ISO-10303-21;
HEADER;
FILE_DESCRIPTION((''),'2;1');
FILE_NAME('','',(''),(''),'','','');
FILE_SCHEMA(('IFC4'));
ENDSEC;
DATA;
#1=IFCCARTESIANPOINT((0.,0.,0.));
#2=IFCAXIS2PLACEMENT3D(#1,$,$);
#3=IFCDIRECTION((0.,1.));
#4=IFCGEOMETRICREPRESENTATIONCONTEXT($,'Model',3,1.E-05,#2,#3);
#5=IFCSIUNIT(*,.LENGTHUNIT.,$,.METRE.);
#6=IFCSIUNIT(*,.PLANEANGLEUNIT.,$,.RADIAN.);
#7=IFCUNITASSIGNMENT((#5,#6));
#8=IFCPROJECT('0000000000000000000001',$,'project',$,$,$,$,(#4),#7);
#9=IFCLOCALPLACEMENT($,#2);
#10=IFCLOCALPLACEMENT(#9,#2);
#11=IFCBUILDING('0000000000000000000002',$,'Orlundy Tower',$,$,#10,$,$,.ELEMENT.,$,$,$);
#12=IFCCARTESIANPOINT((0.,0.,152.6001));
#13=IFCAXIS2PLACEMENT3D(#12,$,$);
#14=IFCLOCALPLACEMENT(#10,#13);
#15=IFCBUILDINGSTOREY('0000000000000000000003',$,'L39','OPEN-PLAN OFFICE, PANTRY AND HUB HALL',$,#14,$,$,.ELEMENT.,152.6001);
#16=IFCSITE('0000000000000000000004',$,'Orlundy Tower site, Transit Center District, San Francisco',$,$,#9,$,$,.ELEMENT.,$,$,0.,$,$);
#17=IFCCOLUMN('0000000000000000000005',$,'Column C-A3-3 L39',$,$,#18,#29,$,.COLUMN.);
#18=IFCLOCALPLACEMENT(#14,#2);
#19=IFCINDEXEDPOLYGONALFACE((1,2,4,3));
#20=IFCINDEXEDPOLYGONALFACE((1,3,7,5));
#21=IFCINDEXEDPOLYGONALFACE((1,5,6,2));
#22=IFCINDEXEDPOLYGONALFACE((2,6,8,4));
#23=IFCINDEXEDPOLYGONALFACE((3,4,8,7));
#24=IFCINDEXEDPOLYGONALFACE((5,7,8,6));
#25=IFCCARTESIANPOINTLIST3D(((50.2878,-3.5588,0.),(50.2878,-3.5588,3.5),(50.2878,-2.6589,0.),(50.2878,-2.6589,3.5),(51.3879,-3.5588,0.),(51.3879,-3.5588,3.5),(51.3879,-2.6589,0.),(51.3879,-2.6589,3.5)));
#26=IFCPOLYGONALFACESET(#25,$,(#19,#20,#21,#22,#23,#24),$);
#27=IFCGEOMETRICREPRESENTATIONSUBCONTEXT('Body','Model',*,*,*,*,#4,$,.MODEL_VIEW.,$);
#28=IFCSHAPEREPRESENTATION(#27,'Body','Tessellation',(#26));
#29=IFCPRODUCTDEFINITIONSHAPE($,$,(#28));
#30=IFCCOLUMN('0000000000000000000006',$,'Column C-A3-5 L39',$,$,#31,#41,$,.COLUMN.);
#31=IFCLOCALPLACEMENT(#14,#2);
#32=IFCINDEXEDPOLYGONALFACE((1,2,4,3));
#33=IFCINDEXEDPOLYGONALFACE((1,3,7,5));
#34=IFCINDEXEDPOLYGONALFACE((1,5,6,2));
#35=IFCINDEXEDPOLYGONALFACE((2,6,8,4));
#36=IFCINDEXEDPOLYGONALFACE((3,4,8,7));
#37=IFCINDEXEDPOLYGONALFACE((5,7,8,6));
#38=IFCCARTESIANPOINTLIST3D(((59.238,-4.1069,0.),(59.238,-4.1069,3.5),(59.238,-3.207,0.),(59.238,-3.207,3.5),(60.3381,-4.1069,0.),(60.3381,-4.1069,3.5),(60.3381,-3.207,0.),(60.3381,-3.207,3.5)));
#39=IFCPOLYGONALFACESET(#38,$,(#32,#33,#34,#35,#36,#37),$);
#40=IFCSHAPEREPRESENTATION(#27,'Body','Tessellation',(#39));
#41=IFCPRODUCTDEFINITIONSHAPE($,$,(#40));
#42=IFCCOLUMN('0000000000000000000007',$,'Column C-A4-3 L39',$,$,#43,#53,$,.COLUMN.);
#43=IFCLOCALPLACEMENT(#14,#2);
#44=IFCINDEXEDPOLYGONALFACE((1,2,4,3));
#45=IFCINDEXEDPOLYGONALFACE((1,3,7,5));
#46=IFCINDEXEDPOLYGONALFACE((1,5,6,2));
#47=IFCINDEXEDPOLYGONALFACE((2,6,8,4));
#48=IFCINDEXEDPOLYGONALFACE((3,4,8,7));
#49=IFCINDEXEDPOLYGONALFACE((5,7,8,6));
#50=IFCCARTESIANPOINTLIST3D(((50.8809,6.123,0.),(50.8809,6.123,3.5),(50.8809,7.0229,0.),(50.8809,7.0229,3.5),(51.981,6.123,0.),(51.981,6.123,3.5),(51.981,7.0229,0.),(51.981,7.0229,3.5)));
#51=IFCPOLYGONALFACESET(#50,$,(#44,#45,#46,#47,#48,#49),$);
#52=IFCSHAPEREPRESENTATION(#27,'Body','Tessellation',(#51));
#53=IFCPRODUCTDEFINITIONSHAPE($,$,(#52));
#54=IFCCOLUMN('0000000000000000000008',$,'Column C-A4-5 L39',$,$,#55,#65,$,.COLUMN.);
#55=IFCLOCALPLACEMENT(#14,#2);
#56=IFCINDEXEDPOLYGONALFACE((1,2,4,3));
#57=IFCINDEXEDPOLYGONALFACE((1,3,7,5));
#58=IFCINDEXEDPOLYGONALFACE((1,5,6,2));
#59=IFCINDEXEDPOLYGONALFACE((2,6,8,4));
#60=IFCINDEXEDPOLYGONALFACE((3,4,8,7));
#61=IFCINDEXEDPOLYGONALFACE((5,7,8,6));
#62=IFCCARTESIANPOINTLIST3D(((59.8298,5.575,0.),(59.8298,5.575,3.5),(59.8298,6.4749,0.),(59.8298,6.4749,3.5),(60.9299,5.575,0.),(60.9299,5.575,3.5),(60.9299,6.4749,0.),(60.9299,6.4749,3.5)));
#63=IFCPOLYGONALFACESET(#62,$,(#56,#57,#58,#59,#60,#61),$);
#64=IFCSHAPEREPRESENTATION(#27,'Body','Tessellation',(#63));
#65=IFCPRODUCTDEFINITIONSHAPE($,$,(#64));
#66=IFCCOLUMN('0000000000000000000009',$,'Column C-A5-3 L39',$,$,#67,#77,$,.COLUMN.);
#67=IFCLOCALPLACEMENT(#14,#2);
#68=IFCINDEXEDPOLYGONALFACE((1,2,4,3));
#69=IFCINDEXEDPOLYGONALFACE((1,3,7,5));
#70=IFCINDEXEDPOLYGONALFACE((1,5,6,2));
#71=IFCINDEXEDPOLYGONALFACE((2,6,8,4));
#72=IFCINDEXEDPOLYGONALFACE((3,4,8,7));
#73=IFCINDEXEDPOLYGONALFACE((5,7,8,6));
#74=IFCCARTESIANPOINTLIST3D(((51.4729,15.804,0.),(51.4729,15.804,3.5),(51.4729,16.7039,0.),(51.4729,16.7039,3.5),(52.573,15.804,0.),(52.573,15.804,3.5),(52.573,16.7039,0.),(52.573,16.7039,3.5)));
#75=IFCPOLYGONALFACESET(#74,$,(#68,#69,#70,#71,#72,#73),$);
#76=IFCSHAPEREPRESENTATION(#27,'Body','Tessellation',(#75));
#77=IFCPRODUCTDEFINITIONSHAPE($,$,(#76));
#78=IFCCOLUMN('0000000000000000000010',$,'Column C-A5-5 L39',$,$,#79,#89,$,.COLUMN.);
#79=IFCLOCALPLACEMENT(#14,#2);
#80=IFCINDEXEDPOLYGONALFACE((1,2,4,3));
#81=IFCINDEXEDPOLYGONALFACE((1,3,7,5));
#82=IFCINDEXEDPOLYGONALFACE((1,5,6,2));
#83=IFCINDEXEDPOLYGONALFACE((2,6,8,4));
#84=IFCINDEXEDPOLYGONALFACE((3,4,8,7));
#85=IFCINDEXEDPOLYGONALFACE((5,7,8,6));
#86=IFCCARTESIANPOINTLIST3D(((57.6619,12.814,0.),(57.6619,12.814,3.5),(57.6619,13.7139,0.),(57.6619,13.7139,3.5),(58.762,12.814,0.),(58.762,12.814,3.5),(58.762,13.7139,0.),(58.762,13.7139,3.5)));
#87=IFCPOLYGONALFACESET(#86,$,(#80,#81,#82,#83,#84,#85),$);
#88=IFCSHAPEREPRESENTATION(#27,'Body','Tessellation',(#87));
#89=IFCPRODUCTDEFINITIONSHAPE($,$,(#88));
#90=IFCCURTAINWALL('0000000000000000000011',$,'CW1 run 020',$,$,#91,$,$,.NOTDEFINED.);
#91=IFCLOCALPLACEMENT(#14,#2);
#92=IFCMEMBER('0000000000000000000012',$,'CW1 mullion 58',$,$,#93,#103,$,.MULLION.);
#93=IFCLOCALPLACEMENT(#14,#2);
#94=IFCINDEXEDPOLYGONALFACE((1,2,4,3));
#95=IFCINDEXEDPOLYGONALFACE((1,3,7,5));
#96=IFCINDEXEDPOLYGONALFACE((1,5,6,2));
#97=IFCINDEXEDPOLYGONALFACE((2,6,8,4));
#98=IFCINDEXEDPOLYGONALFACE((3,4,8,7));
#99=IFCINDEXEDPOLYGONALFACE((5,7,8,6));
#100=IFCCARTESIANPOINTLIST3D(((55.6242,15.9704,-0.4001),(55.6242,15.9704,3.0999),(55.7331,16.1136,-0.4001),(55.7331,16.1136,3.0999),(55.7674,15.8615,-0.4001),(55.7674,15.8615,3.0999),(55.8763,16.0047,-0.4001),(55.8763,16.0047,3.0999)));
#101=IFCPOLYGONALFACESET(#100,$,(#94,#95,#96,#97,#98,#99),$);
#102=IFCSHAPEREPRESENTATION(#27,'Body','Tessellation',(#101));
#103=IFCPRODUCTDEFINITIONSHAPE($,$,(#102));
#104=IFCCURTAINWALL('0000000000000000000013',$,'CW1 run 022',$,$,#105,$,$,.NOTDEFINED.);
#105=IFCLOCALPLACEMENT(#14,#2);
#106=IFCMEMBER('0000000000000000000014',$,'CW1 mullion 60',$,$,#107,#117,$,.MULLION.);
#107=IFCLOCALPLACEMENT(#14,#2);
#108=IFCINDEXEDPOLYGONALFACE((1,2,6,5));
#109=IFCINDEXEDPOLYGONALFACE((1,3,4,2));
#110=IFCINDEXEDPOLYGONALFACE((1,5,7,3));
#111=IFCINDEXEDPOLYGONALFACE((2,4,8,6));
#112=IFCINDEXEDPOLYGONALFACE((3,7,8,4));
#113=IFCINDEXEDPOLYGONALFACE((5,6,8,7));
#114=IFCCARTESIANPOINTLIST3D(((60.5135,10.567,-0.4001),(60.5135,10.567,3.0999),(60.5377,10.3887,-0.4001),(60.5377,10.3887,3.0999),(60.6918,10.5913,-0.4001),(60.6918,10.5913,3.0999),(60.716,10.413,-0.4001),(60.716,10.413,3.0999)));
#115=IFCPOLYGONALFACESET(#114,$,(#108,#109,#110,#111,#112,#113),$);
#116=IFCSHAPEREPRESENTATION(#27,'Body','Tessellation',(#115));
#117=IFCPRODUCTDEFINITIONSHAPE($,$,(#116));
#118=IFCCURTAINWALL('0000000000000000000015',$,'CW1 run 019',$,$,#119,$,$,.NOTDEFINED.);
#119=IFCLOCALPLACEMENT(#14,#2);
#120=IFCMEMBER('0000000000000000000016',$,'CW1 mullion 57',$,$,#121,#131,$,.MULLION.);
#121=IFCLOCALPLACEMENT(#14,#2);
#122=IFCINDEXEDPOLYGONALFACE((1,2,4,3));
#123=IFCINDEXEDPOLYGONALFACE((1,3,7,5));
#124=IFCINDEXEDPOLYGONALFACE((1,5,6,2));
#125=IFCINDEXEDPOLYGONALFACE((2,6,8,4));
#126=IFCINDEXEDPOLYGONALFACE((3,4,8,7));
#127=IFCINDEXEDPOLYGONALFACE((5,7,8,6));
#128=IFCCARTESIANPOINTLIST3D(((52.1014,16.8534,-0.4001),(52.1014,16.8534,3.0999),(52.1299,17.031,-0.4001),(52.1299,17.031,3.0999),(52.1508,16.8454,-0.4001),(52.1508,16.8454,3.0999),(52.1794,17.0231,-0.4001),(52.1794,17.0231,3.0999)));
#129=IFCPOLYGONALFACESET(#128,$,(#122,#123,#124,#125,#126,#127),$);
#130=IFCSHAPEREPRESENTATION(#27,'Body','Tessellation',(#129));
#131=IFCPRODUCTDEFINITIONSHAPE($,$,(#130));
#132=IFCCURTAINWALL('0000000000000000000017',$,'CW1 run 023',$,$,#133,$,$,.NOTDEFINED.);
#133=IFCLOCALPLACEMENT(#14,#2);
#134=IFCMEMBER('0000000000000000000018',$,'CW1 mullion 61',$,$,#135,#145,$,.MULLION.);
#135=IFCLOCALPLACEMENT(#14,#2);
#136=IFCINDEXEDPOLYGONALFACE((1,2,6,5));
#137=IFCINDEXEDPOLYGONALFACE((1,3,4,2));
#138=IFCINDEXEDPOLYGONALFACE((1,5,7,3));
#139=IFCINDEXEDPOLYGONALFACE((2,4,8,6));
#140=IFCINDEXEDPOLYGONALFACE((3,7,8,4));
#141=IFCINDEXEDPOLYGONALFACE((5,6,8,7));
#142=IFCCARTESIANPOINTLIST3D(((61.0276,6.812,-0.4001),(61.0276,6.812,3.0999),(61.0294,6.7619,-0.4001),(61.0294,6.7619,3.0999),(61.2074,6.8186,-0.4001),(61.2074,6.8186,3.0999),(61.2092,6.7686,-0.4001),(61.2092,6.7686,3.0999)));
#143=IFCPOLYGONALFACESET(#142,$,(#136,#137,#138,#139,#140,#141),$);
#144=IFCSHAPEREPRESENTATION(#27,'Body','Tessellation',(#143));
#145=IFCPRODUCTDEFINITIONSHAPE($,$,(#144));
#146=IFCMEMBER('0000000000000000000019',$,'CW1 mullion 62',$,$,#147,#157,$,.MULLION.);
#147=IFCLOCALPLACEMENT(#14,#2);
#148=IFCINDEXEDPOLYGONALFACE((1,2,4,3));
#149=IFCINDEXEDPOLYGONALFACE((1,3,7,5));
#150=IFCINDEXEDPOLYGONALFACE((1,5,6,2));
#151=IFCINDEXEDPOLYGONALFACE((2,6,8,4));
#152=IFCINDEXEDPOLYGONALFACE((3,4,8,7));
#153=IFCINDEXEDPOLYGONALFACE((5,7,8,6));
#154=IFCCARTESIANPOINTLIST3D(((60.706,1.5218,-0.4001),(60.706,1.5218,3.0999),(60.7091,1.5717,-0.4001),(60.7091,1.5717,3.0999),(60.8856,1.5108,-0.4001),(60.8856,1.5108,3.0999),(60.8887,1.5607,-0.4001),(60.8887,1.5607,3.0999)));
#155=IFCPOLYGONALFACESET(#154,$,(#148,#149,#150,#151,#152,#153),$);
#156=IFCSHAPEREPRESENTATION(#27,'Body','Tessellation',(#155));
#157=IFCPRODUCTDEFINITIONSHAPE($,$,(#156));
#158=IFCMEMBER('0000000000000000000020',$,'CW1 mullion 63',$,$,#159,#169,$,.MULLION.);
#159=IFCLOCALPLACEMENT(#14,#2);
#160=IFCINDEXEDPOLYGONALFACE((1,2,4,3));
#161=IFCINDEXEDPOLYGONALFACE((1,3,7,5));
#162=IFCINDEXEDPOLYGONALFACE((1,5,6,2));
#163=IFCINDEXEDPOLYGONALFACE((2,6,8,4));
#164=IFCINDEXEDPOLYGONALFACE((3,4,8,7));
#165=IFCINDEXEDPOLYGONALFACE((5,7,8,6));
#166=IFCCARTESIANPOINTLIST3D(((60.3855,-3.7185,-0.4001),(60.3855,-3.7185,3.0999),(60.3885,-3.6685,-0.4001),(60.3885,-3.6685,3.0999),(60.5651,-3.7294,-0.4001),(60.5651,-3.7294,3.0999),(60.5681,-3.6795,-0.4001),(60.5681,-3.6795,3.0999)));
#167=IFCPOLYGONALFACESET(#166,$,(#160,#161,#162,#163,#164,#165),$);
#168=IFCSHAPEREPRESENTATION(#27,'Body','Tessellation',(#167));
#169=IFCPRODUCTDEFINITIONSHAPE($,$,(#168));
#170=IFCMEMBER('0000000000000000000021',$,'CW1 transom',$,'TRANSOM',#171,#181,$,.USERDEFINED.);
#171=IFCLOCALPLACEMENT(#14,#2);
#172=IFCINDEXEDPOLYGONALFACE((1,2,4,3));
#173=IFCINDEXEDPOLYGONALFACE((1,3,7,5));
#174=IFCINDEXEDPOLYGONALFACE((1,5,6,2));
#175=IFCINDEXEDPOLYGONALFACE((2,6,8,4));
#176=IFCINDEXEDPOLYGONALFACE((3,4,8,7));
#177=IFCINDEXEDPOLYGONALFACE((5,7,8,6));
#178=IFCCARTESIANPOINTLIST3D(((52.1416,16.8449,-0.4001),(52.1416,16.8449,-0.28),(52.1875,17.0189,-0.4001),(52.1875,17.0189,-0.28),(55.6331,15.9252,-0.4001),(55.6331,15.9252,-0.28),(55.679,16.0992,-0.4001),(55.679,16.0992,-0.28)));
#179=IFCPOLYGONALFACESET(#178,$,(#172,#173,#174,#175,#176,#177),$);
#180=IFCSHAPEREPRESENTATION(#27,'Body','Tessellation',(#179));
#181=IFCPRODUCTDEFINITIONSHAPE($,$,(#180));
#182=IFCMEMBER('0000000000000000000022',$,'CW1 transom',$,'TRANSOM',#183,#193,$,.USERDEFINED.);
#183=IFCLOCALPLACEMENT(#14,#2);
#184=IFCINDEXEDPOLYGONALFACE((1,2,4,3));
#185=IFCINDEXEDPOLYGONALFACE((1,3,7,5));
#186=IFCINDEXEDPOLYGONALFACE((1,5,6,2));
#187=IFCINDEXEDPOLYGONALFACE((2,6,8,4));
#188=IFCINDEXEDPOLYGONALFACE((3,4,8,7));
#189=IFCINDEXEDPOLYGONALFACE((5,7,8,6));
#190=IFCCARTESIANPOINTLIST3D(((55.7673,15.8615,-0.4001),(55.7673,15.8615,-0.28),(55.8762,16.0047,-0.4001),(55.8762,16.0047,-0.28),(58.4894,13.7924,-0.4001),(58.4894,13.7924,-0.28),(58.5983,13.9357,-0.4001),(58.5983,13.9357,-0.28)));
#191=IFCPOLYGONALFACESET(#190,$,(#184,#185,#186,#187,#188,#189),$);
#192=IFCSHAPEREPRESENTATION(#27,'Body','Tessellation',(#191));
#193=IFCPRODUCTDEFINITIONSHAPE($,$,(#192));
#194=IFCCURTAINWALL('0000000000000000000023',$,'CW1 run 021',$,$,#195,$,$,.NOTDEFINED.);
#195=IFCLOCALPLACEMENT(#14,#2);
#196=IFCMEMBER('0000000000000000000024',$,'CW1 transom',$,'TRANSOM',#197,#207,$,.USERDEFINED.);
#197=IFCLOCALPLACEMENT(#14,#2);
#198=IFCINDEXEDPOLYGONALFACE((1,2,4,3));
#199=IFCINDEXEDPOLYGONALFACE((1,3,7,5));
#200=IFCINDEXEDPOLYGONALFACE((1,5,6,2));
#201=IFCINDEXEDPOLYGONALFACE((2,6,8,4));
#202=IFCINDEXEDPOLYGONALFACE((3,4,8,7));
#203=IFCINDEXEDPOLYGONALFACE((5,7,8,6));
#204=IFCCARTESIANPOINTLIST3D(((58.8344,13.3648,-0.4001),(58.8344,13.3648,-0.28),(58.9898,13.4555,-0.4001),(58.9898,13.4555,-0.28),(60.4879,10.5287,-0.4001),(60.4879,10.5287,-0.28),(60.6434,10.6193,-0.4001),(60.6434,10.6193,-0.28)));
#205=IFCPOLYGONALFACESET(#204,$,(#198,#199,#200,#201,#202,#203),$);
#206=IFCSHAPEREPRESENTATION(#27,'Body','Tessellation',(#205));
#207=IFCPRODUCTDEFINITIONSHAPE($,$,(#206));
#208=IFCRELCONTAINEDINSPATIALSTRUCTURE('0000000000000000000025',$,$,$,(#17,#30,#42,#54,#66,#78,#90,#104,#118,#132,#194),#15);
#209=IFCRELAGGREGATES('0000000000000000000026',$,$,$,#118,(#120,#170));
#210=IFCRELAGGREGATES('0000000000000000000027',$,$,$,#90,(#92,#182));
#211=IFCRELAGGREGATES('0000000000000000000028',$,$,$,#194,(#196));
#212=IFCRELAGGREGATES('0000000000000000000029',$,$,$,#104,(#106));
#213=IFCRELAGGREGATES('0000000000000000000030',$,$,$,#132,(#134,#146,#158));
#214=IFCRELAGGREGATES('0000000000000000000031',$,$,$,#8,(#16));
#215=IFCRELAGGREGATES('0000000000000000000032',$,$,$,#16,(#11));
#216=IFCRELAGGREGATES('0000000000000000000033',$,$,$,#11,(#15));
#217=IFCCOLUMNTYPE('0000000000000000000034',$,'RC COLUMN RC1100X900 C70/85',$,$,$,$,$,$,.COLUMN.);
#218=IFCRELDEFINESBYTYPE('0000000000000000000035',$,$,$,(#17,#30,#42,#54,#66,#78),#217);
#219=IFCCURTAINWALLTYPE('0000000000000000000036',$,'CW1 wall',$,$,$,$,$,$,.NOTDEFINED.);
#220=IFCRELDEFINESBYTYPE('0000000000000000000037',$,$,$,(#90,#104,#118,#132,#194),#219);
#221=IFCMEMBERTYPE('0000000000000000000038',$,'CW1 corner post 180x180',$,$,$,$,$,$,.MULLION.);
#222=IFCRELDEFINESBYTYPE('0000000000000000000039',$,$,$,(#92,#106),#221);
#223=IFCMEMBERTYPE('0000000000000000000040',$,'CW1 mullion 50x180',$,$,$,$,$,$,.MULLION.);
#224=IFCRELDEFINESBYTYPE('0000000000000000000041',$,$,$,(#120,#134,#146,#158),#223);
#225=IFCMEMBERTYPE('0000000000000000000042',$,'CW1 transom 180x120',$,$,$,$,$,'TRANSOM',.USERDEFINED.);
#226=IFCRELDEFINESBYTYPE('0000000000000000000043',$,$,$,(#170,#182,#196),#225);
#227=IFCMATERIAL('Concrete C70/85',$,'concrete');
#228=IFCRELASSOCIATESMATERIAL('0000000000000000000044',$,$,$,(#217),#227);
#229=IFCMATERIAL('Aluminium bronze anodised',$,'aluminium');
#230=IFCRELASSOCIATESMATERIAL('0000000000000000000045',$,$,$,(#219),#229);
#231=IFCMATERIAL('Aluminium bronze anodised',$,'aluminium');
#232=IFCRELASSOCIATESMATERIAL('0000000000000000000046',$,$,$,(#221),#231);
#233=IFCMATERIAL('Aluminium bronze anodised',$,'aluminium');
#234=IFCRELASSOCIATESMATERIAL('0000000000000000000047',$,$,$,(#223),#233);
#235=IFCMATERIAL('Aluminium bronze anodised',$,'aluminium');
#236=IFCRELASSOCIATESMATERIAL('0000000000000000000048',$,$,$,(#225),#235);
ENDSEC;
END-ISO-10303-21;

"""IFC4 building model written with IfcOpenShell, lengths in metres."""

from ifc_helpers import new_model, si_unit, direction, frame, origin, origin_2d, place, context, subcontext, project, spatial, rectangle, extrude, material, material_profile, profile_set, type_object, element, aggregate, save


model = new_model("IFC4")

# Units and contexts
model_context = context("Model", 3, precision=1e-05, world=origin(), true_north=direction((0.0, 1.0)))
body_context = subcontext(model_context, "Body", "Model", "MODEL_VIEW")
ifc_project = project(units=[si_unit("LENGTHUNIT", "METRE"), si_unit("PLANEANGLEUNIT", "RADIAN")], contexts=[model_context])

# Site, building, storey
site_placement = place(None, origin())
site = spatial("IfcSite", under=ifc_project, at=site_placement, Name="Orlundy Tower site, Transit Center District, San Francisco", CompositionType="ELEMENT", RefElevation=0.0)
building_placement = place(site_placement, origin())
building = spatial("IfcBuilding", under=site, at=building_placement, Name="Orlundy Tower", CompositionType="ELEMENT")
storey_placement = place(building_placement, frame((0.0, 0.0, 152.6001)))
storey = spatial("IfcBuildingStorey", under=building, at=storey_placement, Name="L39", Description="OPEN-PLAN OFFICE, PANTRY AND HUB HALL", CompositionType="ELEMENT", Elevation=152.6001)

# Columns
ifc_material_1 = material(Name="Concrete C70/85", Category="concrete")
ifc_material_profile_1 = material_profile(ifc_material_1, rectangle(XDim=1.1001, YDim=0.8999, at=origin_2d()), Name="RC1100X900")
ifc_profile_set_1 = profile_set([ifc_material_profile_1], Name="Concrete C70/85")
column_type = type_object("IfcColumnType", Name="RC COLUMN RC1100X900 C70/85", PredefinedType="COLUMN", material=ifc_profile_set_1)
for number, where, z_axis, x_axis, name in (
    (1, (50.8379, -3.1089, 0.0), (0.0, 0.0, 1.0), (1.0, 0.0, 0.0), "Column C-A3-3 L39"),
    (2, (59.7881, -3.657, 0.0), (0.0, 0.0, 1.0), (1.0, 0.0, 0.0), "Column C-A3-5 L39"),
    (3, (51.4309, 6.573, 0.0), (0.0, 0.0, 1.0), (1.0, 0.0, 0.0), "Column C-A4-3 L39"),
    (4, (60.3799, 6.0249, 0.0), (0.0, 0.0, 1.0), (1.0, 0.0, 0.0), "Column C-A4-5 L39"),
    (5, (52.0229, 16.2539, 0.0), (0.0, 0.0, 1.0), (1.0, 0.0, 0.0), "Column C-A5-3 L39"),
    (6, (58.2119, 13.2639, 0.0), (0.0, 0.0, 1.0), (1.0, 0.0, 0.0), "Column C-A5-5 L39"),
):
    element("IfcColumn", number, at=place(storey_placement, frame(where, z_axis=z_axis, x_axis=x_axis)), inside=storey, type_object=column_type, Name=name, PredefinedType="COLUMN", context=body_context, shape_type="SweptSolid", body=[
        extrude(rectangle(XDim=1.1001, YDim=0.8999, at=origin_2d()), origin(), (0.0, 0.0, 1.0), 3.5),
    ])

# Curtain walls, members
ifc_material_2 = material(Name="Aluminium bronze anodised", Category="aluminium")
curtain_wall_type = type_object("IfcCurtainWallType", Name="CW1 wall", PredefinedType="NOTDEFINED", material=ifc_material_2)
curtain_wall_1_placement = place(storey_placement, origin())
curtain_wall_1 = element("IfcCurtainWall", 7, at=curtain_wall_1_placement, inside=storey, type_object=curtain_wall_type, Name="CW1 run 020", PredefinedType="NOTDEFINED")
ifc_material_3 = material(Name="Aluminium bronze anodised", Category="aluminium")
ifc_material_profile_2 = material_profile(ifc_material_3, rectangle(XDim=0.1799, YDim=0.1799, at=origin_2d()), Name="CW1 corner post 180x180")
ifc_profile_set_2 = profile_set([ifc_material_profile_2], Name="Aluminium bronze anodised")
member_type_1 = type_object("IfcMemberType", Name="CW1 corner post 180x180", PredefinedType="MULLION", material=ifc_profile_set_2)
member_1_placement = place(storey_placement, frame((55.7502, 15.9875, -0.4001), z_axis=(0.0, 0.0, 1.0), x_axis=(0.605124, 0.796131, 0.0)))
member_1 = element("IfcMember", 8, at=member_1_placement, type_object=member_type_1, Name="CW1 mullion 58", PredefinedType="MULLION", context=body_context, shape_type="SweptSolid", body=[
    extrude(rectangle(XDim=0.1799, YDim=0.1799, at=origin_2d()), origin(), (0.0, 0.0, 1.0), 3.5),
])
curtain_wall_2_placement = place(storey_placement, origin())
curtain_wall_2 = element("IfcCurtainWall", 9, at=curtain_wall_2_placement, inside=storey, type_object=curtain_wall_type, Name="CW1 run 022", PredefinedType="NOTDEFINED")
member_2_placement = place(storey_placement, frame((60.6147, 10.49, -0.4001), z_axis=(0.0, 0.0, 1.0), x_axis=(0.990861, 0.134884, 0.0)))
member_2 = element("IfcMember", 10, at=member_2_placement, type_object=member_type_1, Name="CW1 mullion 60", PredefinedType="MULLION", context=body_context, shape_type="SweptSolid", body=[
    extrude(rectangle(XDim=0.1799, YDim=0.1799, at=origin_2d()), origin(), (0.0, 0.0, 1.0), 3.5),
])
curtain_wall_3_placement = place(storey_placement, origin())
curtain_wall_3 = element("IfcCurtainWall", 11, at=curtain_wall_3_placement, inside=storey, type_object=curtain_wall_type, Name="CW1 run 019", PredefinedType="NOTDEFINED")
ifc_material_4 = material(Name="Aluminium bronze anodised", Category="aluminium")
ifc_material_profile_3 = material_profile(ifc_material_4, rectangle(XDim=0.1799, YDim=0.05, at=origin_2d()), Name="CW1 mullion 50x180")
ifc_profile_set_3 = profile_set([ifc_material_profile_3], Name="Aluminium bronze anodised")
member_type_2 = type_object("IfcMemberType", Name="CW1 mullion 50x180", PredefinedType="MULLION", material=ifc_profile_set_3)
member_3_placement = place(storey_placement, frame((52.1404, 16.9382, -0.4001), z_axis=(0.0, 0.0, 1.0), x_axis=(0.158644, 0.987336, 0.0)))
member_3 = element("IfcMember", 12, at=member_3_placement, type_object=member_type_2, Name="CW1 mullion 57", PredefinedType="MULLION", context=body_context, shape_type="SweptSolid", body=[
    extrude(rectangle(XDim=0.1799, YDim=0.05, at=origin_2d()), origin(), (0.0, 0.0, 1.0), 3.5),
])

# Curtain wall, members
curtain_wall_4_placement = place(storey_placement, origin())
curtain_wall_4 = element("IfcCurtainWall", 13, at=curtain_wall_4_placement, inside=storey, type_object=curtain_wall_type, Name="CW1 run 023", PredefinedType="NOTDEFINED")
member_4_placement = place(storey_placement, frame((61.1184, 6.7903, -0.4001), z_axis=(0.0, 0.0, 1.0), x_axis=(0.999312, 0.037097, 0.0)))
member_4 = element("IfcMember", 14, at=member_4_placement, type_object=member_type_2, Name="CW1 mullion 61", PredefinedType="MULLION", context=body_context, shape_type="SweptSolid", body=[
    extrude(rectangle(XDim=0.1799, YDim=0.05, at=origin_2d()), origin(), (0.0, 0.0, 1.0), 3.5),
])
member_5_placement = place(storey_placement, frame((60.7974, 1.5413, -0.4001), z_axis=(0.0, 0.0, 1.0), x_axis=(0.998135, -0.061047, 0.0)))
member_5 = element("IfcMember", 15, at=member_5_placement, type_object=member_type_2, Name="CW1 mullion 62", PredefinedType="MULLION", context=body_context, shape_type="SweptSolid", body=[
    extrude(rectangle(XDim=0.1799, YDim=0.05, at=origin_2d()), origin(), (0.0, 0.0, 1.0), 3.5),
])
member_6_placement = place(storey_placement, frame((60.4768, -3.699, -0.4001), z_axis=(0.0, 0.0, 1.0), x_axis=(0.998135, -0.061047, 0.0)))
member_6 = element("IfcMember", 16, at=member_6_placement, type_object=member_type_2, Name="CW1 mullion 63", PredefinedType="MULLION", context=body_context, shape_type="SweptSolid", body=[
    extrude(rectangle(XDim=0.1799, YDim=0.05, at=origin_2d()), origin(), (0.0, 0.0, 1.0), 3.5),
])

# Members
ifc_material_5 = material(Name="Aluminium bronze anodised", Category="aluminium")
ifc_material_profile_4 = material_profile(ifc_material_5, rectangle(XDim=0.1799, YDim=0.1201, at=origin_2d()), Name="CW1 transom 180x120")
ifc_profile_set_4 = profile_set([ifc_material_profile_4], Name="Aluminium bronze anodised")
member_type_3 = type_object("IfcMemberType", Name="CW1 transom 180x120", ElementType="TRANSOM", PredefinedType="USERDEFINED", material=ifc_profile_set_4)
member_7_placement = place(storey_placement, frame((52.1646, 16.9319, -0.3401), z_axis=(0.967015, -0.25472, 0.0), x_axis=(0.25472, 0.967015, 0.0)))
member_7 = element("IfcMember", 17, at=member_7_placement, type_object=member_type_3, Name="CW1 transom", ObjectType="TRANSOM", PredefinedType="USERDEFINED", context=body_context, shape_type="SweptSolid", body=[
    extrude(rectangle(XDim=0.1799, YDim=0.1201, at=origin_2d()), origin(), (0.0, 0.0, 1.0), 3.6106),
])
member_8_placement = place(storey_placement, frame((55.8218, 15.9331, -0.3401), z_axis=(0.796128, -0.605129, 0.0), x_axis=(0.605129, 0.796128, 0.0)))
member_8 = element("IfcMember", 18, at=member_8_placement, type_object=member_type_3, Name="CW1 transom", ObjectType="TRANSOM", PredefinedType="USERDEFINED", context=body_context, shape_type="SweptSolid", body=[
    extrude(rectangle(XDim=0.1799, YDim=0.1201, at=origin_2d()), origin(), (0.0, 0.0, 1.0), 3.4192),
])

# Curtain wall, member
curtain_wall_5_placement = place(storey_placement, origin())
curtain_wall_5 = element("IfcCurtainWall", 19, at=curtain_wall_5_placement, inside=storey, type_object=curtain_wall_type, Name="CW1 run 021", PredefinedType="NOTDEFINED")
member_9_placement = place(storey_placement, frame((58.9121, 13.4102, -0.3401), z_axis=(0.503672, -0.863895, 0.0), x_axis=(0.863895, 0.503672, 0.0)))
member_9 = element("IfcMember", 20, at=member_9_placement, type_object=member_type_3, Name="CW1 transom", ObjectType="TRANSOM", PredefinedType="USERDEFINED", context=body_context, shape_type="SweptSolid", body=[
    extrude(rectangle(XDim=0.1799, YDim=0.1201, at=origin_2d()), origin(), (0.0, 0.0, 1.0), 3.283),
])

aggregate(curtain_wall_3, [member_3, member_7])
aggregate(curtain_wall_1, [member_1, member_8])
aggregate(curtain_wall_5, [member_9])
aggregate(curtain_wall_2, [member_2])
aggregate(curtain_wall_4, [member_4, member_5, member_6])

save(model, "model.ifc")
